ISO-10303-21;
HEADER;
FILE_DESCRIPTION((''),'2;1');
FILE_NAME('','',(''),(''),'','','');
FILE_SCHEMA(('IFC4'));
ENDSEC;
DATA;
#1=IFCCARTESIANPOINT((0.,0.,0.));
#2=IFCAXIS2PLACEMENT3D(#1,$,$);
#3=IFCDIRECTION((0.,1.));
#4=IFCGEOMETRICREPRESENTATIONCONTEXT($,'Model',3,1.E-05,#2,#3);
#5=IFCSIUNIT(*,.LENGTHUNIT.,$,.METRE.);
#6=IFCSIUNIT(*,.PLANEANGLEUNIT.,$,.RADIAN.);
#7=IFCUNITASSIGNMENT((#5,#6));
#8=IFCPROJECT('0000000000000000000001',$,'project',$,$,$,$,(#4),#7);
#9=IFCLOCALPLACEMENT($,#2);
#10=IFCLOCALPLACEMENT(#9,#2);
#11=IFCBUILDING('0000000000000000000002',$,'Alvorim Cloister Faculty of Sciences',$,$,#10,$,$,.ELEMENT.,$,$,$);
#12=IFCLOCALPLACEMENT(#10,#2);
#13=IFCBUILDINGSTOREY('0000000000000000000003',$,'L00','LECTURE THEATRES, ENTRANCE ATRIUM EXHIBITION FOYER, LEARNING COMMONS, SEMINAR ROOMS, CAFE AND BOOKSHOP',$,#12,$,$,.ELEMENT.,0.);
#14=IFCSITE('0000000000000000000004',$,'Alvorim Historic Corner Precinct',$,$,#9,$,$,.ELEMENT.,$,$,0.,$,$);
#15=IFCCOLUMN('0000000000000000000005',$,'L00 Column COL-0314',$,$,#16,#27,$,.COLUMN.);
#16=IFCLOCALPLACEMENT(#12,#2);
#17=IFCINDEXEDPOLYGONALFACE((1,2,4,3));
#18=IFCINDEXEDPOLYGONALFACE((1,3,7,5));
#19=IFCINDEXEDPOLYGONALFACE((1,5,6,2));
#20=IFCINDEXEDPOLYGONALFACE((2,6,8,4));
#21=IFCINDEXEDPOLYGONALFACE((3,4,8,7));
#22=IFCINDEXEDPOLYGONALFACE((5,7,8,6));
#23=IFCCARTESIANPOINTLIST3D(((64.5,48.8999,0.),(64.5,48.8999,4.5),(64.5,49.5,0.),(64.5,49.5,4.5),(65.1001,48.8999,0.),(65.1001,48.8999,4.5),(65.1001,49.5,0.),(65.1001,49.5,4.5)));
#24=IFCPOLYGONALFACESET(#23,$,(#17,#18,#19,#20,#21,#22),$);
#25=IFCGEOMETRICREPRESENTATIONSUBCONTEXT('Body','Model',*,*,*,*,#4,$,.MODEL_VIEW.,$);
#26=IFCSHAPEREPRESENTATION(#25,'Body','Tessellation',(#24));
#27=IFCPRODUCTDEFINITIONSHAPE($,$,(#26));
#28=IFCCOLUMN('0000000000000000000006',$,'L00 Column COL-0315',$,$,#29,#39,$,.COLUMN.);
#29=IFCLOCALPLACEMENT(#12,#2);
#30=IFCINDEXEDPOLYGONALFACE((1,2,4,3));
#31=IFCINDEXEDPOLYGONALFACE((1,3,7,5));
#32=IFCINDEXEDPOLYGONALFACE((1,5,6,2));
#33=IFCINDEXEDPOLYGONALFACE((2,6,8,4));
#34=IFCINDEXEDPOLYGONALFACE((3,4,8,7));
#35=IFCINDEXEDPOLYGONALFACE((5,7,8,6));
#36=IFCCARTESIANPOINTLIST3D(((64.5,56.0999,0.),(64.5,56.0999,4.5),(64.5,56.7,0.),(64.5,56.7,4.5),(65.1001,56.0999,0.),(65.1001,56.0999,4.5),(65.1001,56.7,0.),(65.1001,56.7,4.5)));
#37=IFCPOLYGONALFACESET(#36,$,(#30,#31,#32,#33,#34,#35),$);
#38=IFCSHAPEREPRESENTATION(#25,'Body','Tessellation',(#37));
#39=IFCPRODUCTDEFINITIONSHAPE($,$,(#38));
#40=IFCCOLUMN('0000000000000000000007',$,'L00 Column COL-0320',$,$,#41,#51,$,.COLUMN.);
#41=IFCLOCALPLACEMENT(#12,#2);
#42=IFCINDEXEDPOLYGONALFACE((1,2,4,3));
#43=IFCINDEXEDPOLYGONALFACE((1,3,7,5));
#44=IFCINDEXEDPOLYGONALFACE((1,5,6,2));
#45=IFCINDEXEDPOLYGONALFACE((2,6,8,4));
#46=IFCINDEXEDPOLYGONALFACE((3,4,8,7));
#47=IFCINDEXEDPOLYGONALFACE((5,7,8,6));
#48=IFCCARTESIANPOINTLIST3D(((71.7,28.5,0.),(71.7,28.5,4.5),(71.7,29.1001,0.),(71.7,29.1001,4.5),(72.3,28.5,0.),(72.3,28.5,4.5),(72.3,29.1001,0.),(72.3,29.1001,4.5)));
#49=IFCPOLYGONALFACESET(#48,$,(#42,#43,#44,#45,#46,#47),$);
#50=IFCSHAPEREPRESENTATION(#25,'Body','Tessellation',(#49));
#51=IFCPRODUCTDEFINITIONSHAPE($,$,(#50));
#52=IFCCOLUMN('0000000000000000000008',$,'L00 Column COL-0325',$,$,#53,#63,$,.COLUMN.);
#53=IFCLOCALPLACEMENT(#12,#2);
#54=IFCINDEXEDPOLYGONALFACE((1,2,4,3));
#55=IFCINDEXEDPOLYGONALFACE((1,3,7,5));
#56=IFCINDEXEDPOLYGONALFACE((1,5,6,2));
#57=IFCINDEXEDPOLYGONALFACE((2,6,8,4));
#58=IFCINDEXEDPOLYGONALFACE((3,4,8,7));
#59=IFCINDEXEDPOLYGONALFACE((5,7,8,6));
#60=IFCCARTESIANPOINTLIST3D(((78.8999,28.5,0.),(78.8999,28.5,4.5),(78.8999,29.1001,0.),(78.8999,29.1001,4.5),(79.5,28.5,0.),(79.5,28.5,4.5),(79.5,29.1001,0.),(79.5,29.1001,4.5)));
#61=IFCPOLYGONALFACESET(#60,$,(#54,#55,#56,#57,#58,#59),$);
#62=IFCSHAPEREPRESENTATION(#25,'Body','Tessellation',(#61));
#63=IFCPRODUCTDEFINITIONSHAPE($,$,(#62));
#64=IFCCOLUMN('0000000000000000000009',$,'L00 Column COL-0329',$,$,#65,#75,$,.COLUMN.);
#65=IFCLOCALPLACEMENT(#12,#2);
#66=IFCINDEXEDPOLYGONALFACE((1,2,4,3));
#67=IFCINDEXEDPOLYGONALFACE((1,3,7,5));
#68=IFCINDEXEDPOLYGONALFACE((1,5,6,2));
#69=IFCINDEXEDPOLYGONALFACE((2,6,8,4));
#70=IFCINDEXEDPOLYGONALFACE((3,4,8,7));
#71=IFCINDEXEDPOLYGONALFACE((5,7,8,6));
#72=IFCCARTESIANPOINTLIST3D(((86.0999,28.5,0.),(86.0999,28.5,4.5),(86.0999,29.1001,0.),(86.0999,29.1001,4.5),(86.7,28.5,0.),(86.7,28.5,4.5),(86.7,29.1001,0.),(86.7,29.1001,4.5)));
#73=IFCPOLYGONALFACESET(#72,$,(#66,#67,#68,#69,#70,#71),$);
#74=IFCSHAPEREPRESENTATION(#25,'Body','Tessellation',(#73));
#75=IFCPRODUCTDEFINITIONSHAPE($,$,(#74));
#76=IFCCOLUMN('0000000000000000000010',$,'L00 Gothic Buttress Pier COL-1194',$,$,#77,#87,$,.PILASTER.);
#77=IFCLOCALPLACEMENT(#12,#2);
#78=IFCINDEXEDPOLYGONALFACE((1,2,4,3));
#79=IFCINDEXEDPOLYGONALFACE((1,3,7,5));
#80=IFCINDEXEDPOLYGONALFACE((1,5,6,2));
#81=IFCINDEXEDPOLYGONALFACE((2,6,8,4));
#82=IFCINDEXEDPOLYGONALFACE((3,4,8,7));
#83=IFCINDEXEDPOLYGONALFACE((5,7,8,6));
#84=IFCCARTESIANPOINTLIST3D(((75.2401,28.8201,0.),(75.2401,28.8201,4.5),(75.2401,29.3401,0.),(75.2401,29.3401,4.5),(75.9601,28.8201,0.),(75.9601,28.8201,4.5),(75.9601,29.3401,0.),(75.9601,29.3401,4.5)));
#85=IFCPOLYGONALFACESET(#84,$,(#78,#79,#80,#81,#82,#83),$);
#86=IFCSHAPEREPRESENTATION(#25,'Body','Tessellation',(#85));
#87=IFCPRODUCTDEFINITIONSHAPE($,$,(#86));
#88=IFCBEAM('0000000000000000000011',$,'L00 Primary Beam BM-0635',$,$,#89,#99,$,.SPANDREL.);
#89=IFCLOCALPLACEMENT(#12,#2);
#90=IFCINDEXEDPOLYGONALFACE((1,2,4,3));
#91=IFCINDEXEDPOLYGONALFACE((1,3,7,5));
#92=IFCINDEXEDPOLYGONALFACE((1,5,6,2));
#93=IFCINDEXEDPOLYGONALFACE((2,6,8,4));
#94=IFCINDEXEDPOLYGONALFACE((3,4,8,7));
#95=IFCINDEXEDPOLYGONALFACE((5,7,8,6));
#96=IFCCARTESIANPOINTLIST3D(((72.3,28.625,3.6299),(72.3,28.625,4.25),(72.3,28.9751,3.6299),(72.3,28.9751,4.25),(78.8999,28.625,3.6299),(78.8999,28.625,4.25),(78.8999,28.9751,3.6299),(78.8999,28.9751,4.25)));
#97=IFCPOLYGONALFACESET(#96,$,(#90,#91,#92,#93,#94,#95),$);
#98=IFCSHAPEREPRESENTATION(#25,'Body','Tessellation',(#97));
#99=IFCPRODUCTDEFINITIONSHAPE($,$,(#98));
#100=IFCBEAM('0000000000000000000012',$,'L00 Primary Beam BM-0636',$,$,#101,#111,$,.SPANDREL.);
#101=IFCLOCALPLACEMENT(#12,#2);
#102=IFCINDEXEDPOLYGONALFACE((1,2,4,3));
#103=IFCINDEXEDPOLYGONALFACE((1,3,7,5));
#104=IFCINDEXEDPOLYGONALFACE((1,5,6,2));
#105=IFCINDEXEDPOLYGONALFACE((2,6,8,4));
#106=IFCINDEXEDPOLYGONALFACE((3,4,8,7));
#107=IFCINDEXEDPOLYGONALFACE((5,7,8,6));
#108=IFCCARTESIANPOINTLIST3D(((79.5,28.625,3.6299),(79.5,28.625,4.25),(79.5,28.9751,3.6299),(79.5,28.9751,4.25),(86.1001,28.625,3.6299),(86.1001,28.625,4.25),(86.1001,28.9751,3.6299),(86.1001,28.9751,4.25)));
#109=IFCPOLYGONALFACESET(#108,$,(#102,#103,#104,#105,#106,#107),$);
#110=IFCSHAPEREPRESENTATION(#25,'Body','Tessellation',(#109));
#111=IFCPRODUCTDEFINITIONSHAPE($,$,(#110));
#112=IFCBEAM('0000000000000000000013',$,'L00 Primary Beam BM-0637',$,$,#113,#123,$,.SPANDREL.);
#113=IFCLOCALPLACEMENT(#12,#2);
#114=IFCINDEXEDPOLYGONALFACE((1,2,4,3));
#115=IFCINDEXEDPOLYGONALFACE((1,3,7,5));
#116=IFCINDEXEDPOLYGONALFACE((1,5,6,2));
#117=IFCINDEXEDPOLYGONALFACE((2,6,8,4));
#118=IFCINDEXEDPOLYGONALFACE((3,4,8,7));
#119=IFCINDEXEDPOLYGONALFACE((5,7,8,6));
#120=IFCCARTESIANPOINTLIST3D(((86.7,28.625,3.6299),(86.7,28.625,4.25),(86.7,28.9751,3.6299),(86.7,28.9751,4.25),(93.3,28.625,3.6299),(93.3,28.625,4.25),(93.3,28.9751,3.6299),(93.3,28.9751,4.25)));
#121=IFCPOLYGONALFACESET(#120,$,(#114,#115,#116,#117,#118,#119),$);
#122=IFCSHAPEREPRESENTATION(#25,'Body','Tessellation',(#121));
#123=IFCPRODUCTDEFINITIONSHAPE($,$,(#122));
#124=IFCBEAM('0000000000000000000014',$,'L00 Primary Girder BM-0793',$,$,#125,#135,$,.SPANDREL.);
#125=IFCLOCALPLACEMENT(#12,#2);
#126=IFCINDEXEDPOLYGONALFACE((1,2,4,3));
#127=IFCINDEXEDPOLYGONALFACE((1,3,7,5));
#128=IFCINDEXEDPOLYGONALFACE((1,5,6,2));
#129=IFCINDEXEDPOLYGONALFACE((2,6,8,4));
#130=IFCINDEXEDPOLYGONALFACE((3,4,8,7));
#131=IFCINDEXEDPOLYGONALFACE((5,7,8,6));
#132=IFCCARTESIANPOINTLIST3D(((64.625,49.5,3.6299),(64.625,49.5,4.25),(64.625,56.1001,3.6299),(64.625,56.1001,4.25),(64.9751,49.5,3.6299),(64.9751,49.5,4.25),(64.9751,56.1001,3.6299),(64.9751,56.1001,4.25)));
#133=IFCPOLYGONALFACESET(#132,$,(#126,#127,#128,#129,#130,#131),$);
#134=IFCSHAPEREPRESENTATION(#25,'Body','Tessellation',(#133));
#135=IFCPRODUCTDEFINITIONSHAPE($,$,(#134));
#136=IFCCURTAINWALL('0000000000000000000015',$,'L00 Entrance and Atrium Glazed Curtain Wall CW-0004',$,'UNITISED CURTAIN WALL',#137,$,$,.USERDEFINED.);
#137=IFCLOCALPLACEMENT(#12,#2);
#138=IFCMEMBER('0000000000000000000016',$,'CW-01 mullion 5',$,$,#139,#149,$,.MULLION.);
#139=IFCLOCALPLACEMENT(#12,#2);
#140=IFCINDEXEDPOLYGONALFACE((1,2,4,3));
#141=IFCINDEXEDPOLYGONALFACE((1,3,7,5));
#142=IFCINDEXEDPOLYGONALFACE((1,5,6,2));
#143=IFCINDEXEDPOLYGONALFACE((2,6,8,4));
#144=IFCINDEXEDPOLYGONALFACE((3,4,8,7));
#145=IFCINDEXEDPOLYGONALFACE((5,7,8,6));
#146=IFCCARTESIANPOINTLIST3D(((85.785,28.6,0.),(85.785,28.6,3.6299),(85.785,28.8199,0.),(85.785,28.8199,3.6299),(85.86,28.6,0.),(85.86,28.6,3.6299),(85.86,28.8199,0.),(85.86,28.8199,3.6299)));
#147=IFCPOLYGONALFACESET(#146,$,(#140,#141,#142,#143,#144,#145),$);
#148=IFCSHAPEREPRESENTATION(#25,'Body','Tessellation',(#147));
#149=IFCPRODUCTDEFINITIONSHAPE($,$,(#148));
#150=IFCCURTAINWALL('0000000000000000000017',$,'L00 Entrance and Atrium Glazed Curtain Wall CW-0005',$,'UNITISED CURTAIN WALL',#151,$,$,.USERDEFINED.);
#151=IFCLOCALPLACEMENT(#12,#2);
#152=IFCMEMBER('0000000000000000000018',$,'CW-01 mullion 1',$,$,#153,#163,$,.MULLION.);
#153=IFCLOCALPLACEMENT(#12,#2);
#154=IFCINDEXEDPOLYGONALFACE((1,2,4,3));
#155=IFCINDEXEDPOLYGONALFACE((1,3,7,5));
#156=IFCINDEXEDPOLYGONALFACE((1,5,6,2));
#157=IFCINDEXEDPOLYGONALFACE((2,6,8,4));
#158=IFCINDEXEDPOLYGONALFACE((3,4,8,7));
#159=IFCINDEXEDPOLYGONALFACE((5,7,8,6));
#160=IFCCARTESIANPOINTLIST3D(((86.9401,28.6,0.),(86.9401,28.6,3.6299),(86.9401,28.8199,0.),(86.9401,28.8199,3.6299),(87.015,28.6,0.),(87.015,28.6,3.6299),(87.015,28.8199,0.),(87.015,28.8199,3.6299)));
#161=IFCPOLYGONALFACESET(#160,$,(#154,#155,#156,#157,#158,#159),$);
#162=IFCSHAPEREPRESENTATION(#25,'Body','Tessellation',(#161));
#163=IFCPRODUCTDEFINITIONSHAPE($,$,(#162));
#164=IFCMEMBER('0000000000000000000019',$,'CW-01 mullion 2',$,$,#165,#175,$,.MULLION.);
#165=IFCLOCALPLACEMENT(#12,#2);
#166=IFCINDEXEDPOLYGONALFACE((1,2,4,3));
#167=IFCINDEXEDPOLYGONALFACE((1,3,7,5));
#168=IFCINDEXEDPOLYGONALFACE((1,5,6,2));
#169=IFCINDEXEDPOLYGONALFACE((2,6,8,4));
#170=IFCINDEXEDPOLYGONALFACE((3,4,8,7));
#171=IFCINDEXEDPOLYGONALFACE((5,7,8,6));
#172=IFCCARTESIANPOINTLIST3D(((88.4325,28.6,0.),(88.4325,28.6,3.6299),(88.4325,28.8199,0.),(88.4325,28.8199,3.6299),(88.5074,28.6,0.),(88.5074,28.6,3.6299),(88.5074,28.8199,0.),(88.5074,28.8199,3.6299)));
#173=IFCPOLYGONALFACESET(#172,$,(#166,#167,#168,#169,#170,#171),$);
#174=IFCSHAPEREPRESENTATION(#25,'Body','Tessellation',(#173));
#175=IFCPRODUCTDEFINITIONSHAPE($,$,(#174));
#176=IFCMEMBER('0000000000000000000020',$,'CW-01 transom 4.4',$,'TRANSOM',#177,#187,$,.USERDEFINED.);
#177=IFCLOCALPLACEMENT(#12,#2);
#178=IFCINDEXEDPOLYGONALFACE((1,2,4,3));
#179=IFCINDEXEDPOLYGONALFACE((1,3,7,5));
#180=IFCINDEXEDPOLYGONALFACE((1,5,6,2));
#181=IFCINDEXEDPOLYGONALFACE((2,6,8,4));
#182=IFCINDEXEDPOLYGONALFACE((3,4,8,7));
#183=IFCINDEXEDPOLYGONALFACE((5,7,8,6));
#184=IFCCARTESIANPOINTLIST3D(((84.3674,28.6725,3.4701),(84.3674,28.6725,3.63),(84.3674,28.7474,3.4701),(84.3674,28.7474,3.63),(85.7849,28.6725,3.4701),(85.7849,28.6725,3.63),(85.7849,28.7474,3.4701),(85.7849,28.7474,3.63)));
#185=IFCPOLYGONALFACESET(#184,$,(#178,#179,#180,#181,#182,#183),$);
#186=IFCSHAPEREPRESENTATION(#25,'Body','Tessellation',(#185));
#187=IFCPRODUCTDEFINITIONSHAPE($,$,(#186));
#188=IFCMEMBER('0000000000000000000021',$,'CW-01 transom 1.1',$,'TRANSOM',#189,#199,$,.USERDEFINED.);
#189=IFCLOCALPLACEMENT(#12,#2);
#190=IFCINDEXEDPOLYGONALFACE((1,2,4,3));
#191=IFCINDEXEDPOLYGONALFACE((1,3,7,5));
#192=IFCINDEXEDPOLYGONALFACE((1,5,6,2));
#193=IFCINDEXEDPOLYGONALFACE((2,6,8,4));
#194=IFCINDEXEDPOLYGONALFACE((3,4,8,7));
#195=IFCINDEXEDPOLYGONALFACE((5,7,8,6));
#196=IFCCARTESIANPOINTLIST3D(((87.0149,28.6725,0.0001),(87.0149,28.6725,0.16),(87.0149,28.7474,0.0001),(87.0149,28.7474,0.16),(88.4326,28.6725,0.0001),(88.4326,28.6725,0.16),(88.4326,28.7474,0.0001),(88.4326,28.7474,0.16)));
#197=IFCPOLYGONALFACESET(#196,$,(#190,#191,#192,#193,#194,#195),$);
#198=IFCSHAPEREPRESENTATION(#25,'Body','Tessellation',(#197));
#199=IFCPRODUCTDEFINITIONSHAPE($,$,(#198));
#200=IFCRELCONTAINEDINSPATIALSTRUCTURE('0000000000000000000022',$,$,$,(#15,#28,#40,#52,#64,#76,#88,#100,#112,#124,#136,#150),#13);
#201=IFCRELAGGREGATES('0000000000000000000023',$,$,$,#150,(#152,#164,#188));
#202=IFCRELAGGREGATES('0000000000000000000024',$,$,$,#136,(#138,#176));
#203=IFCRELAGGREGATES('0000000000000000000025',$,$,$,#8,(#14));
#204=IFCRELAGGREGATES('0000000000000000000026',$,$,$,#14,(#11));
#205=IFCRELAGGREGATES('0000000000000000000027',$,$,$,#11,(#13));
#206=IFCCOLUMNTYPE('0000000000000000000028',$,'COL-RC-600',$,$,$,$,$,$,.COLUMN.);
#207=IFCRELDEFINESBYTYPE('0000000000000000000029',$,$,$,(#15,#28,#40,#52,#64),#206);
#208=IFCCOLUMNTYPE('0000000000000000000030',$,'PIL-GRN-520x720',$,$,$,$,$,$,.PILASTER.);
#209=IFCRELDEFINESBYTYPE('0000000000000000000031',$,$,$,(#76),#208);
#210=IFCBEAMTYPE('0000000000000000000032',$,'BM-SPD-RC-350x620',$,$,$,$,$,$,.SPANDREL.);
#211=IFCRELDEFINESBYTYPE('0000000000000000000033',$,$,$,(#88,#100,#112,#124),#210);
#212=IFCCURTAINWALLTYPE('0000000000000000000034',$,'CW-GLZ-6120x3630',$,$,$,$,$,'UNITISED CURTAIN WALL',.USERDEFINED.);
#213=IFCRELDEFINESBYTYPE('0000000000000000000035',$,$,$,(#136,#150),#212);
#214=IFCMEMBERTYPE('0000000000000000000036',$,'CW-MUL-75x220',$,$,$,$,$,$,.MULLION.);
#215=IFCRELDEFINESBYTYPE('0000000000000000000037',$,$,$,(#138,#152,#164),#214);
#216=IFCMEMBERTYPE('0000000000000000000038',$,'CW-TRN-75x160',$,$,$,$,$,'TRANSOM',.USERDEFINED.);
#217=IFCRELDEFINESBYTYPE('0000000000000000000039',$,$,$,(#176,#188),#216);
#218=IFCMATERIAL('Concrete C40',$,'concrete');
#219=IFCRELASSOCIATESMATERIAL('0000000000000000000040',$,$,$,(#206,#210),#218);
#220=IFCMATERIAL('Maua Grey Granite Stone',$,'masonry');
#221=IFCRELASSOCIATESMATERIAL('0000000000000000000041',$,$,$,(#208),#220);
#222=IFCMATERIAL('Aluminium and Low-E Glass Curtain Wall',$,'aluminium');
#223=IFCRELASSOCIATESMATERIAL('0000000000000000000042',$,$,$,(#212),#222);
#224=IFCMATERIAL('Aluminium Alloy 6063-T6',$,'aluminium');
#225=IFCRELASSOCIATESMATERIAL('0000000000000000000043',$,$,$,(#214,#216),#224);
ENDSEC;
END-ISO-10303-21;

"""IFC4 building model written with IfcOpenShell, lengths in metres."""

from ifc_helpers import new_model, si_unit, direction, frame, origin, origin_2d, place, context, subcontext, project, spatial, rectangle, extrude, material, material_profile, profile_set, type_object, element, aggregate, save


model = new_model("IFC4")

# Units and contexts
model_context = context("Model", 3, precision=1e-05, world=origin(), true_north=direction((0.0, 1.0)))
body_context = subcontext(model_context, "Body", "Model", "MODEL_VIEW")
ifc_project = project(units=[si_unit("LENGTHUNIT", "METRE"), si_unit("PLANEANGLEUNIT", "RADIAN")], contexts=[model_context])

# Site, building, storey
site_placement = place(None, origin())
site = spatial("IfcSite", under=ifc_project, at=site_placement, Name="Alvorim Historic Corner Precinct", CompositionType="ELEMENT", RefElevation=0.0)
building_placement = place(site_placement, origin())
building = spatial("IfcBuilding", under=site, at=building_placement, Name="Alvorim Cloister Faculty of Sciences", CompositionType="ELEMENT")
storey_placement = place(building_placement, origin())
storey = spatial("IfcBuildingStorey", under=building, at=storey_placement, Name="L00", Description="LECTURE THEATRES, ENTRANCE ATRIUM EXHIBITION FOYER, LEARNING COMMONS, SEMINAR ROOMS, CAFE AND BOOKSHOP", CompositionType="ELEMENT", Elevation=0.0)

# Columns
ifc_material_1 = material(Name="Concrete C40", Category="concrete")
ifc_material_profile_1 = material_profile(ifc_material_1, rectangle(XDim=0.6001, YDim=0.6001, at=origin_2d()), Name="RC40-COL-600x600")
ifc_profile_set_1 = profile_set([ifc_material_profile_1], Name="Concrete C40")
column_type_1 = type_object("IfcColumnType", Name="COL-RC-600", PredefinedType="COLUMN", material=ifc_profile_set_1)
for number, where, z_axis, x_axis, name in (
    (1, (64.8, 49.2, 0.0), (0.0, 0.0, 1.0), (1.0, 0.0, 0.0), "L00 Column COL-0314"),
    (2, (64.8, 56.3999, 0.0), (0.0, 0.0, 1.0), (1.0, 0.0, 0.0), "L00 Column COL-0315"),
    (3, (72.0, 28.8, 0.0), (0.0, 0.0, 1.0), (1.0, 0.0, 0.0), "L00 Column COL-0320"),
    (4, (79.2, 28.8, 0.0), (0.0, 0.0, 1.0), (1.0, 0.0, 0.0), "L00 Column COL-0325"),
    (5, (86.3999, 28.8, 0.0), (0.0, 0.0, 1.0), (1.0, 0.0, 0.0), "L00 Column COL-0329"),
):
    element("IfcColumn", number, at=place(storey_placement, frame(where, z_axis=z_axis, x_axis=x_axis)), inside=storey, type_object=column_type_1, Name=name, PredefinedType="COLUMN", context=body_context, shape_type="SweptSolid", body=[
        extrude(rectangle(XDim=0.6001, YDim=0.6001, at=origin_2d()), origin(), (0.0, 0.0, 1.0), 4.5),
    ])
ifc_material_2 = material(Name="Maua Grey Granite Stone", Category="masonry")
ifc_material_profile_2 = material_profile(ifc_material_2, rectangle(XDim=0.52, YDim=0.72, at=origin_2d()), Name="GRN-PIER-520x720")
ifc_profile_set_2 = profile_set([ifc_material_profile_2], Name="Maua Grey Granite Stone")
column_type_2 = type_object("IfcColumnType", Name="PIL-GRN-520x720", PredefinedType="PILASTER", material=ifc_profile_set_2)
column_placement = place(storey_placement, frame((75.6001, 29.0801, 0.0), z_axis=(0.0, 0.0, 1.0), x_axis=(0.0, 1.0, 0.0)))
element("IfcColumn", 6, at=column_placement, inside=storey, type_object=column_type_2, Name="L00 Gothic Buttress Pier COL-1194", PredefinedType="PILASTER", context=body_context, shape_type="SweptSolid", body=[
    extrude(rectangle(XDim=0.52, YDim=0.72, at=origin_2d()), origin(), (0.0, 0.0, 1.0), 4.5),
])

# Beams
ifc_material_profile_3 = material_profile(ifc_material_1, rectangle(XDim=0.3501, YDim=0.6201, at=origin_2d()), Name="RC40-SPD-350x620")
ifc_profile_set_3 = profile_set([ifc_material_profile_3], Name="Concrete C40")
beam_type = type_object("IfcBeamType", Name="BM-SPD-RC-350x620", PredefinedType="SPANDREL", material=ifc_profile_set_3)
beam_placement = place(storey_placement, frame((72.3, 28.8, 3.9399), z_axis=(1.0, 0.0, 0.0), x_axis=(0.0, 1.0, 0.0)))
element("IfcBeam", 7, at=beam_placement, inside=storey, type_object=beam_type, Name="L00 Primary Beam BM-0635", PredefinedType="SPANDREL", context=body_context, shape_type="SweptSolid", body=[
    extrude(rectangle(XDim=0.3501, YDim=0.6201, at=origin_2d()), origin(), (0.0, 0.0, 1.0), 6.5999),
])
for number, where, z_axis, x_axis, name in (
    (8, (79.5, 28.8, 3.9399), (1.0, 0.0, 0.0), (0.0, 1.0, 0.0), "L00 Primary Beam BM-0636"),
    (9, (86.7, 28.8, 3.9399), (1.0, 0.0, 0.0), (0.0, 1.0, 0.0), "L00 Primary Beam BM-0637"),
    (10, (64.8, 49.5, 3.9399), (0.0, 1.0, 0.0), (-1.0, 0.0, 0.0), "L00 Primary Girder BM-0793"),
):
    element("IfcBeam", number, at=place(storey_placement, frame(where, z_axis=z_axis, x_axis=x_axis)), inside=storey, type_object=beam_type, Name=name, PredefinedType="SPANDREL", context=body_context, shape_type="SweptSolid", body=[
        extrude(rectangle(XDim=0.3501, YDim=0.6201, at=origin_2d()), origin(), (0.0, 0.0, 1.0), 6.6001),
    ])

# Curtain wall, member
ifc_material_3 = material(Name="Aluminium and Low-E Glass Curtain Wall", Category="aluminium")
curtain_wall_type = type_object("IfcCurtainWallType", Name="CW-GLZ-6120x3630", ElementType="UNITISED CURTAIN WALL", PredefinedType="USERDEFINED", material=ifc_material_3)
curtain_wall_1_placement = place(storey_placement, origin())
curtain_wall_1 = element("IfcCurtainWall", 11, at=curtain_wall_1_placement, inside=storey, type_object=curtain_wall_type, Name="L00 Entrance and Atrium Glazed Curtain Wall CW-0004", ObjectType="UNITISED CURTAIN WALL", PredefinedType="USERDEFINED")
ifc_material_4 = material(Name="Aluminium Alloy 6063-T6", Category="aluminium")
ifc_material_profile_4 = material_profile(ifc_material_4, rectangle(XDim=0.075, YDim=0.22, at=origin_2d()), Name="ALU-MUL-75x220")
ifc_profile_set_4 = profile_set([ifc_material_profile_4], Name="Aluminium Alloy 6063-T6")
member_type_1 = type_object("IfcMemberType", Name="CW-MUL-75x220", PredefinedType="MULLION", material=ifc_profile_set_4)
member_1_placement = place(storey_placement, frame((85.8225, 28.71, 0.0), z_axis=(0.0, 0.0, 1.0), x_axis=(1.0, 0.0, 0.0)))
member_1 = element("IfcMember", 12, at=member_1_placement, type_object=member_type_1, Name="CW-01 mullion 5", PredefinedType="MULLION", context=body_context, shape_type="SweptSolid", body=[
    extrude(rectangle(XDim=0.075, YDim=0.22, at=origin_2d()), origin(), (0.0, 0.0, 1.0), 3.6299),
])

# Curtain wall, members
curtain_wall_2_placement = place(storey_placement, origin())
curtain_wall_2 = element("IfcCurtainWall", 13, at=curtain_wall_2_placement, inside=storey, type_object=curtain_wall_type, Name="L00 Entrance and Atrium Glazed Curtain Wall CW-0005", ObjectType="UNITISED CURTAIN WALL", PredefinedType="USERDEFINED")
member_2_placement = place(storey_placement, frame((86.9775, 28.71, 0.0), z_axis=(0.0, 0.0, 1.0), x_axis=(1.0, 0.0, 0.0)))
member_2 = element("IfcMember", 14, at=member_2_placement, type_object=member_type_1, Name="CW-01 mullion 1", PredefinedType="MULLION", context=body_context, shape_type="SweptSolid", body=[
    extrude(rectangle(XDim=0.075, YDim=0.22, at=origin_2d()), origin(), (0.0, 0.0, 1.0), 3.6299),
])
member_3_placement = place(storey_placement, frame((88.47, 28.71, 0.0), z_axis=(0.0, 0.0, 1.0), x_axis=(1.0, 0.0, 0.0)))
member_3 = element("IfcMember", 15, at=member_3_placement, type_object=member_type_1, Name="CW-01 mullion 2", PredefinedType="MULLION", context=body_context, shape_type="SweptSolid", body=[
    extrude(rectangle(XDim=0.075, YDim=0.22, at=origin_2d()), origin(), (0.0, 0.0, 1.0), 3.6299),
])

# Members
ifc_material_profile_5 = material_profile(ifc_material_4, rectangle(XDim=0.075, YDim=0.1599, at=origin_2d()), Name="ALU-TRN-75x160")
ifc_profile_set_5 = profile_set([ifc_material_profile_5], Name="Aluminium Alloy 6063-T6")
member_type_2 = type_object("IfcMemberType", Name="CW-TRN-75x160", ElementType="TRANSOM", PredefinedType="USERDEFINED", material=ifc_profile_set_5)
member_4_placement = place(storey_placement, frame((84.3674, 28.71, 3.55), z_axis=(1.0, 0.0, 0.0), x_axis=(0.0, 1.0, 0.0)))
member_4 = element("IfcMember", 16, at=member_4_placement, type_object=member_type_2, Name="CW-01 transom 4.4", ObjectType="TRANSOM", PredefinedType="USERDEFINED", context=body_context, shape_type="SweptSolid", body=[
    extrude(rectangle(XDim=0.075, YDim=0.1599, at=origin_2d()), origin(), (0.0, 0.0, 1.0), 1.4175),
])
member_5_placement = place(storey_placement, frame((87.0149, 28.71, 0.0801), z_axis=(1.0, 0.0, 0.0), x_axis=(0.0, 1.0, 0.0)))
member_5 = element("IfcMember", 17, at=member_5_placement, type_object=member_type_2, Name="CW-01 transom 1.1", ObjectType="TRANSOM", PredefinedType="USERDEFINED", context=body_context, shape_type="SweptSolid", body=[
    extrude(rectangle(XDim=0.075, YDim=0.1599, at=origin_2d()), origin(), (0.0, 0.0, 1.0), 1.4177),
])

aggregate(curtain_wall_2, [member_2, member_3, member_5])
aggregate(curtain_wall_1, [member_1, member_4])

save(model, "model.ifc")
